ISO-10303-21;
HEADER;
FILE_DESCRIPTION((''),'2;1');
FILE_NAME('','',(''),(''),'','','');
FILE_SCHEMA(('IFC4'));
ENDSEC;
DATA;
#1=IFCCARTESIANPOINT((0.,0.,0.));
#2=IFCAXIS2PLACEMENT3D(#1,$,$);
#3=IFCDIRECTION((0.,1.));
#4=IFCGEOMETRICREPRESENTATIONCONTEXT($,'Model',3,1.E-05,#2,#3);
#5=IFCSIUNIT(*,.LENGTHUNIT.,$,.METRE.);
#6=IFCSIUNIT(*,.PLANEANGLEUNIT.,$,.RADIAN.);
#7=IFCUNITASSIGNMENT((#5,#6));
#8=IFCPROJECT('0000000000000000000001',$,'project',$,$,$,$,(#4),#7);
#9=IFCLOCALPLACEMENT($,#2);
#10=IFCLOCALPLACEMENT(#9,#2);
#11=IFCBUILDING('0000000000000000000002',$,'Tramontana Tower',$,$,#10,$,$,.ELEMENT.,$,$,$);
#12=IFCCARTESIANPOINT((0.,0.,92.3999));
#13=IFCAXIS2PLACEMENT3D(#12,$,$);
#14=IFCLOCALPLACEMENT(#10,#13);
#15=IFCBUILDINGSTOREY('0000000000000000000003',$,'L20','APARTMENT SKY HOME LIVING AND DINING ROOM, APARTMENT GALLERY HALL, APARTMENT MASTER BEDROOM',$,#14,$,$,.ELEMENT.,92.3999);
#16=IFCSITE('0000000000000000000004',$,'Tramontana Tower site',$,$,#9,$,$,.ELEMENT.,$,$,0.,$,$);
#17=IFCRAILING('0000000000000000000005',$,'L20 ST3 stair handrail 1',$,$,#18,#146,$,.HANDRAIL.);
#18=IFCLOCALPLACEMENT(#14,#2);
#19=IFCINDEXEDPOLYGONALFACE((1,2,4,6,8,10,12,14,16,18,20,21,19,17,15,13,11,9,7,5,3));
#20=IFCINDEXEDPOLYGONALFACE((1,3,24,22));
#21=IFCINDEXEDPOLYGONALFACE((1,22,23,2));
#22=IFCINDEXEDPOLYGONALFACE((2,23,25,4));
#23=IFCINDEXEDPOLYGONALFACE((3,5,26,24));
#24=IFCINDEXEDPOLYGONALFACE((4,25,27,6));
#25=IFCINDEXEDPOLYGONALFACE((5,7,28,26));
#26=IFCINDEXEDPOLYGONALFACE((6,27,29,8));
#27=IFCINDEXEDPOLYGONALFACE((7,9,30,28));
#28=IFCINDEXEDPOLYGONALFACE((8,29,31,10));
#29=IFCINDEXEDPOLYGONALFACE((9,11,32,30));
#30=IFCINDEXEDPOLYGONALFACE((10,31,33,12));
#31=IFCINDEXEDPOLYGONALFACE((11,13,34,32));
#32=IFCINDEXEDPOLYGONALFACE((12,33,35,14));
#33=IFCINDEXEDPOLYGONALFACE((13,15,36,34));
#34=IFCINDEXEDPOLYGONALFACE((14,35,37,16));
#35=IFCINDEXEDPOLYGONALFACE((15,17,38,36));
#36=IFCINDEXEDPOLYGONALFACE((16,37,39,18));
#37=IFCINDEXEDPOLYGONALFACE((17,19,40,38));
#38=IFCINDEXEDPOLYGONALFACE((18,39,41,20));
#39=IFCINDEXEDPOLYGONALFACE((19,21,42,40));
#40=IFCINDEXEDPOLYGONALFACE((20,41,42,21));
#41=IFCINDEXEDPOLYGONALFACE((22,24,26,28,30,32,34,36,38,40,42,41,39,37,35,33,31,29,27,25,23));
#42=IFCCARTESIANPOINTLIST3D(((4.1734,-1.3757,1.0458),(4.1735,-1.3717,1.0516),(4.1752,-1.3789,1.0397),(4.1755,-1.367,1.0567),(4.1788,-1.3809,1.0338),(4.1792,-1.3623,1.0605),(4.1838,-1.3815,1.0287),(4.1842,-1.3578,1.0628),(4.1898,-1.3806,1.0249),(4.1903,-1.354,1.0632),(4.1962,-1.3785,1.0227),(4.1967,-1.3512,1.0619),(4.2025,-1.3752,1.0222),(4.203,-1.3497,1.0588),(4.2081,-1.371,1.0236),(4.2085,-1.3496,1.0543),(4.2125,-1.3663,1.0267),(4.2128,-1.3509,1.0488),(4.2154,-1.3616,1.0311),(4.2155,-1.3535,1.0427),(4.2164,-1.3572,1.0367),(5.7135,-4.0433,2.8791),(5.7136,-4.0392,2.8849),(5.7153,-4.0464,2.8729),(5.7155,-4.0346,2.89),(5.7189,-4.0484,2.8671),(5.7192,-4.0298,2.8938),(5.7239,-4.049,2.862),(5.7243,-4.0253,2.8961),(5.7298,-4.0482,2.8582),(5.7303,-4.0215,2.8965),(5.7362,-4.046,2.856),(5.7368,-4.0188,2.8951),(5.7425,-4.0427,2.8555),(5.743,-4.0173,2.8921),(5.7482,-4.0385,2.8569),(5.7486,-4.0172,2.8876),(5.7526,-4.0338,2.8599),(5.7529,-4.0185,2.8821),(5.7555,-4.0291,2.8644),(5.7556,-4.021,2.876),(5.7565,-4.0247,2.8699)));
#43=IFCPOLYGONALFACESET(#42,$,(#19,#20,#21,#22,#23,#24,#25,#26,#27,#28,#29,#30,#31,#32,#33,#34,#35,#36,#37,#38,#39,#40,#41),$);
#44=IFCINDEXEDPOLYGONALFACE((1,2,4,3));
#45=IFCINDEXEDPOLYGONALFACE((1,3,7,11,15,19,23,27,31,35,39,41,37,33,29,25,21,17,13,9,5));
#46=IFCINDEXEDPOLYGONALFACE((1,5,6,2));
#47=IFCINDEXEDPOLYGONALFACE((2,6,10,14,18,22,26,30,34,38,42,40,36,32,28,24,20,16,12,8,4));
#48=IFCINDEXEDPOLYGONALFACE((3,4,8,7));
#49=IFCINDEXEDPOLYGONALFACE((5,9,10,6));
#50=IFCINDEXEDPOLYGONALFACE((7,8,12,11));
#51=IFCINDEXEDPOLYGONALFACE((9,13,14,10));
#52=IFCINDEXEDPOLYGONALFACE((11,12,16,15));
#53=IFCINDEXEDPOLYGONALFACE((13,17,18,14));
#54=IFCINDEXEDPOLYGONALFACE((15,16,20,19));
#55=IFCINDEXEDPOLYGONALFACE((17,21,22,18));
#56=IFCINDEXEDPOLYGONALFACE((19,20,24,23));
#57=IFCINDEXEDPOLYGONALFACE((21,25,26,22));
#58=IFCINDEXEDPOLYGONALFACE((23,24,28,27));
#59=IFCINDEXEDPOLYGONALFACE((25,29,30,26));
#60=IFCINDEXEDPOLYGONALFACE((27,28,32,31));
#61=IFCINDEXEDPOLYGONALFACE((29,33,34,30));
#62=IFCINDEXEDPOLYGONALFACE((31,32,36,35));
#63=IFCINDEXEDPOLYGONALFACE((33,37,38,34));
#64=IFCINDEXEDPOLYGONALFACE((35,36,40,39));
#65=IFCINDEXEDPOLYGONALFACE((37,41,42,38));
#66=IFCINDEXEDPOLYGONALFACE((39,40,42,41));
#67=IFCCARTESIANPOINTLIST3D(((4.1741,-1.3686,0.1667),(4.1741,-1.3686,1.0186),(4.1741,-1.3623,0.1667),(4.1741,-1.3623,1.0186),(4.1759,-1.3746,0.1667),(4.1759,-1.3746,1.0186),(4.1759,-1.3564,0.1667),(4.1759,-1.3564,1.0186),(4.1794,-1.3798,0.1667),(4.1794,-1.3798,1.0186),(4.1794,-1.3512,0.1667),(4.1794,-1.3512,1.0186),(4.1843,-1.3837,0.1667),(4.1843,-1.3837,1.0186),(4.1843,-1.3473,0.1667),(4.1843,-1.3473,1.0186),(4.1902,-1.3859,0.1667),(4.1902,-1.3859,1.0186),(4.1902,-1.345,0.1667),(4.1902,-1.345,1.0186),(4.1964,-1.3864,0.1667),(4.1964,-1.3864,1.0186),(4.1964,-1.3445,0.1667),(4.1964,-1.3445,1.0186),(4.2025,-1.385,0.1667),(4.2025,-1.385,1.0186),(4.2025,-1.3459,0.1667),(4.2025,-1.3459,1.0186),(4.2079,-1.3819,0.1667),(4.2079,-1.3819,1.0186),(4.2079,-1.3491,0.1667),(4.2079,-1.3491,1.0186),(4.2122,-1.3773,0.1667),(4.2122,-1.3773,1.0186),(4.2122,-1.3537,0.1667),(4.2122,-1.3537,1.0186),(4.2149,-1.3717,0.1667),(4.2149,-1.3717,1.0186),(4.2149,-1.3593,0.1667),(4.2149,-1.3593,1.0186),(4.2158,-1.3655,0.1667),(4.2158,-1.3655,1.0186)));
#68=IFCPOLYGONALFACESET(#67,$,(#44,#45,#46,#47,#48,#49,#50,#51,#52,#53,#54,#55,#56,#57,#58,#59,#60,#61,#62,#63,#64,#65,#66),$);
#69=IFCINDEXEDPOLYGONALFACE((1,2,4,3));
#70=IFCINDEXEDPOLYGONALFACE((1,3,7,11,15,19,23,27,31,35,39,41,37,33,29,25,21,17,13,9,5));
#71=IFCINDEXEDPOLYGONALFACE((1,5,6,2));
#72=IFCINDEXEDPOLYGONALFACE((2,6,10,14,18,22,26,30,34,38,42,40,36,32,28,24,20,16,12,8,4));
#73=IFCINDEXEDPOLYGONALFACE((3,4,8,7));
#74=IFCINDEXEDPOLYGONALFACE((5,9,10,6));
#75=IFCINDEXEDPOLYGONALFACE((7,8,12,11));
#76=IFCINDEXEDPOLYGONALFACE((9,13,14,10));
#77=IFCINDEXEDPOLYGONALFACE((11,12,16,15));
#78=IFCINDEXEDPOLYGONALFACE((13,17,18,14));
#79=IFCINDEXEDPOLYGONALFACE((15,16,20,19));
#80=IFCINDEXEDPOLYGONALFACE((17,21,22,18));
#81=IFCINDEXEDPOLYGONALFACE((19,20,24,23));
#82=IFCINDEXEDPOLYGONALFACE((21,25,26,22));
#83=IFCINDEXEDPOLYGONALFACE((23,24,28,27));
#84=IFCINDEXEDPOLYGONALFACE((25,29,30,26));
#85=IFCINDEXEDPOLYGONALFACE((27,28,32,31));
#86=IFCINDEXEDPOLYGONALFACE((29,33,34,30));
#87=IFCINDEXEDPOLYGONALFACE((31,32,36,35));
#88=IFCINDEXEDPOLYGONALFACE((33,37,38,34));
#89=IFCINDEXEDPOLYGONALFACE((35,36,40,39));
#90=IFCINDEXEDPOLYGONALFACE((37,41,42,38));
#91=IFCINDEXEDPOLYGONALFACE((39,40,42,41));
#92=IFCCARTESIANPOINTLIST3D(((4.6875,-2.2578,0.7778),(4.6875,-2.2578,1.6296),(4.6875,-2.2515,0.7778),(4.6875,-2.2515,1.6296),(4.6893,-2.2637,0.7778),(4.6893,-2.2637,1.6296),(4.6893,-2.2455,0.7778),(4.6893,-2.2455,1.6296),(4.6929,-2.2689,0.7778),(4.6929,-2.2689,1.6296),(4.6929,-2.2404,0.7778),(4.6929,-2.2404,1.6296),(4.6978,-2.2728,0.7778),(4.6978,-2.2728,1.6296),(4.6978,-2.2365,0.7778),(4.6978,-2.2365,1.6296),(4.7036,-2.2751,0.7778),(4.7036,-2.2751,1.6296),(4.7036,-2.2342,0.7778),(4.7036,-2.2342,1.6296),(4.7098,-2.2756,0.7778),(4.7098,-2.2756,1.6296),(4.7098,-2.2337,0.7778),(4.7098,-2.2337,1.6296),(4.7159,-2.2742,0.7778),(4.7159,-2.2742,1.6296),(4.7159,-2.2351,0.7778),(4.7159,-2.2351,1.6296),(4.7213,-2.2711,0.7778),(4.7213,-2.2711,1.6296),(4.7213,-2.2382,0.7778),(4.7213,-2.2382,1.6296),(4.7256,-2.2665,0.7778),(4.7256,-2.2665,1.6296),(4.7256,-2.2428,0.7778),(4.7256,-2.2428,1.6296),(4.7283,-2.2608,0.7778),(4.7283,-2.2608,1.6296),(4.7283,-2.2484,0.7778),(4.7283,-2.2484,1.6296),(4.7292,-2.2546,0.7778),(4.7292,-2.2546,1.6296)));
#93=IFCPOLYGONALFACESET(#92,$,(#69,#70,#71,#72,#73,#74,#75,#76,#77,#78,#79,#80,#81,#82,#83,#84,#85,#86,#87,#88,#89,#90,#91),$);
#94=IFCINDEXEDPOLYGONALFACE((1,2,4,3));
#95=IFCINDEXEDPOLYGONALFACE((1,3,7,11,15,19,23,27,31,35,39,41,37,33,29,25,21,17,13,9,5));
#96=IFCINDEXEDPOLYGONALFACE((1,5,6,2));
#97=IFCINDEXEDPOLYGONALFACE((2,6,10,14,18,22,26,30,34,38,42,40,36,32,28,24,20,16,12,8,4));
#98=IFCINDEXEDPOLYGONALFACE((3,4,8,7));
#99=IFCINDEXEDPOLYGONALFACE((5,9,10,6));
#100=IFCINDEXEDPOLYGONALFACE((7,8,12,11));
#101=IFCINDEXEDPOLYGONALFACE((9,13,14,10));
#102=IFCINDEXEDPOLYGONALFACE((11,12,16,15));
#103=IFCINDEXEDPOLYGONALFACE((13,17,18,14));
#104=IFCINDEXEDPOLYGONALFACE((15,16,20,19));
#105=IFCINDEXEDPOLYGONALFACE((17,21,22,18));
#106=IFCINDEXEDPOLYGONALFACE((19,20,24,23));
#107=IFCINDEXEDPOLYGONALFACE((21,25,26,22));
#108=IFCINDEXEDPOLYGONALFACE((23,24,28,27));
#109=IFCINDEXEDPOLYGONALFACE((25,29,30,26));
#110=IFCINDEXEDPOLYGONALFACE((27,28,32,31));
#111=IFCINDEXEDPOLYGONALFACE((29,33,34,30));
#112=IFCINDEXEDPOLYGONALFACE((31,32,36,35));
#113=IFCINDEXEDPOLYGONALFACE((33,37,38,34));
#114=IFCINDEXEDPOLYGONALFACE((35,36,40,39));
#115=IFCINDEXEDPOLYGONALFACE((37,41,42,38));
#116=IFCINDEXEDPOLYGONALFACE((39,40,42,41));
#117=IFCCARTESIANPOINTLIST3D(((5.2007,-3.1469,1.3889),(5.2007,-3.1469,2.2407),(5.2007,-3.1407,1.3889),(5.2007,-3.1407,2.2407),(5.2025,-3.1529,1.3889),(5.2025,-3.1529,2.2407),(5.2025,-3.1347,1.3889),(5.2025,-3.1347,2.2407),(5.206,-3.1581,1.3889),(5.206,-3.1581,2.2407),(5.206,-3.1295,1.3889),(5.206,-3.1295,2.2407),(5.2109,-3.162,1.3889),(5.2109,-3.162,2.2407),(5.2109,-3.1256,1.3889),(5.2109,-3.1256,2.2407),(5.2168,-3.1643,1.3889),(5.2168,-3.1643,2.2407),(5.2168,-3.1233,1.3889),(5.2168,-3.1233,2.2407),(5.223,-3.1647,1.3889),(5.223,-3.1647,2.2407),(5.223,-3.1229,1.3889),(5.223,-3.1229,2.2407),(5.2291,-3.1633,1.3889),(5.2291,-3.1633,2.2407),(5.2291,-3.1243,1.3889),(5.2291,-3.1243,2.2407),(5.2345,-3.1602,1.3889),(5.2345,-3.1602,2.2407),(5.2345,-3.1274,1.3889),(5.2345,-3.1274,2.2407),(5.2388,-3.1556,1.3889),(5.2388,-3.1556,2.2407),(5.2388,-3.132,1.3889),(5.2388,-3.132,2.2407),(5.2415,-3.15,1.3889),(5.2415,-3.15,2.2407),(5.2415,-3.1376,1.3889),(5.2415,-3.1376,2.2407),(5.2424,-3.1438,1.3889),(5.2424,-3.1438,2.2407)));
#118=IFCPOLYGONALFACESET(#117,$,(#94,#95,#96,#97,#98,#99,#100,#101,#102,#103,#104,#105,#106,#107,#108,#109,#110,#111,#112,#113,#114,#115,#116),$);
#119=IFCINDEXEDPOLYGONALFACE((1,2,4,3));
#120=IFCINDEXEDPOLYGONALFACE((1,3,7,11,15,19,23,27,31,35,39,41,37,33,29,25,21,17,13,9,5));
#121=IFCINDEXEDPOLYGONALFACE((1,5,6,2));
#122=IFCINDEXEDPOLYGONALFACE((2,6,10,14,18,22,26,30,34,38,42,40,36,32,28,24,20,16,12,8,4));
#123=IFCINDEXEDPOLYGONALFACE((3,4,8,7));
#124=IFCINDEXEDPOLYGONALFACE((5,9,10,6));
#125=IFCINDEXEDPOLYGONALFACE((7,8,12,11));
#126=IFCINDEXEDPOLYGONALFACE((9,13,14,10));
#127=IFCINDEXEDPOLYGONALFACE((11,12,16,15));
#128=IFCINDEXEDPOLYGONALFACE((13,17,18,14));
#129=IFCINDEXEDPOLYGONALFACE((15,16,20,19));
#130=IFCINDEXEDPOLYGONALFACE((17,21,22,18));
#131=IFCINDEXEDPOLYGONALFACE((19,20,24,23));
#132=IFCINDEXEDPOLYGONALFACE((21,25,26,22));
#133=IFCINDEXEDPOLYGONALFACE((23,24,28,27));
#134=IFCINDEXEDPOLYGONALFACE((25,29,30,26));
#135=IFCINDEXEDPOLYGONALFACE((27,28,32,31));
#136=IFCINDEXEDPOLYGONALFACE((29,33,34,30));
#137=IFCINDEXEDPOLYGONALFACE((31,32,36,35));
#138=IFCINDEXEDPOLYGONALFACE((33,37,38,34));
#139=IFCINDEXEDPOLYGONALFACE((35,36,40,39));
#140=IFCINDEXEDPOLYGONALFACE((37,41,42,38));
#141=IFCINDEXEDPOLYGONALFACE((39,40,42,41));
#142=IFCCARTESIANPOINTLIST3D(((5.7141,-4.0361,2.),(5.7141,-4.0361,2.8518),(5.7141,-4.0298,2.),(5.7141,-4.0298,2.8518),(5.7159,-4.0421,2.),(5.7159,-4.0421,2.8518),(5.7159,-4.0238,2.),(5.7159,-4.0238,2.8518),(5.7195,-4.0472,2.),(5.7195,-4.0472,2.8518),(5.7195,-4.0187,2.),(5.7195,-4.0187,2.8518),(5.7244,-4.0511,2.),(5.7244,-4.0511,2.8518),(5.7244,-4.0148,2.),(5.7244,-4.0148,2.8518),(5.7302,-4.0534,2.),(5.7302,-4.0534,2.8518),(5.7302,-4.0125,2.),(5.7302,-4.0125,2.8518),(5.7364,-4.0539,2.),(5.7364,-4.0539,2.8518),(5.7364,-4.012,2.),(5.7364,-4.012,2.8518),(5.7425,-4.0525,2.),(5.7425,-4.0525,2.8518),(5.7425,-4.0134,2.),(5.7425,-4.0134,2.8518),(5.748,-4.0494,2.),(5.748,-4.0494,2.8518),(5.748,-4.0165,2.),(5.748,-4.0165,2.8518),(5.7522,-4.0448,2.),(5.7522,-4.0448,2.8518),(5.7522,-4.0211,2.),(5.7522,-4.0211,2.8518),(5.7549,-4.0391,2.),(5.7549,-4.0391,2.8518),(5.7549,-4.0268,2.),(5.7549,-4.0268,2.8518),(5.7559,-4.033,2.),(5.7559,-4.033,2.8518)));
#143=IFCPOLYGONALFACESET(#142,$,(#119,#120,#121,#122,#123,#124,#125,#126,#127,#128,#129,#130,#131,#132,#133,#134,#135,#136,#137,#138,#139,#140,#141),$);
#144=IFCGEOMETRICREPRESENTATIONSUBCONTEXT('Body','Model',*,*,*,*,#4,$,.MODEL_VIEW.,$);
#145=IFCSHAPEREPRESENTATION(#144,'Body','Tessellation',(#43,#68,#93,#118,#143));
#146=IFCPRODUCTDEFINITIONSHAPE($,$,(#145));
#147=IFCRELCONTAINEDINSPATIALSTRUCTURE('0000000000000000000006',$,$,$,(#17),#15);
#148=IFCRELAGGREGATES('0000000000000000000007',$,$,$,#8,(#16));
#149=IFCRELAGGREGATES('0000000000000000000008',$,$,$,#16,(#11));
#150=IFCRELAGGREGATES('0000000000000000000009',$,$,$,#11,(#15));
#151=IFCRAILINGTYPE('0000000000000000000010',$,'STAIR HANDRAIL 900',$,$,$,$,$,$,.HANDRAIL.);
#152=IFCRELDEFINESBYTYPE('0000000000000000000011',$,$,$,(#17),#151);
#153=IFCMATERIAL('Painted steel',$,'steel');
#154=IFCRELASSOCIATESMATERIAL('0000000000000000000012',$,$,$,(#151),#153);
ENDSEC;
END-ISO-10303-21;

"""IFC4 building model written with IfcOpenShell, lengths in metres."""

from ifc_helpers import new_model, si_unit, direction, frame, origin, origin_2d, place, context, subcontext, project, spatial, circle, extrude, material, type_object, element, save


model = new_model("IFC4")

# Units and contexts
model_context = context("Model", 3, precision=1e-05, world=origin(), true_north=direction((0.0, 1.0)))
body_context = subcontext(model_context, "Body", "Model", "MODEL_VIEW")
ifc_project = project(units=[si_unit("LENGTHUNIT", "METRE"), si_unit("PLANEANGLEUNIT", "RADIAN")], contexts=[model_context])

# Site, building, storey
site_placement = place(None, origin())
site = spatial("IfcSite", under=ifc_project, at=site_placement, Name="Tramontana Tower site", CompositionType="ELEMENT", RefElevation=0.0)
building_placement = place(site_placement, origin())
building = spatial("IfcBuilding", under=site, at=building_placement, Name="Tramontana Tower", CompositionType="ELEMENT")
storey_placement = place(building_placement, frame((0.0, 0.0, 92.3999)))
storey = spatial("IfcBuildingStorey", under=building, at=storey_placement, Name="L20", Description="APARTMENT SKY HOME LIVING AND DINING ROOM, APARTMENT GALLERY HALL, APARTMENT MASTER BEDROOM", CompositionType="ELEMENT", Elevation=92.3999)

# Railing
ifc_material_1 = material(Name="Painted steel", Category="steel")
railing_type_1 = type_object("IfcRailingType", Name="STAIR HANDRAIL 900", PredefinedType="HANDRAIL", material=ifc_material_1)
railing_1_placement = place(storey_placement, frame((4.1948, -1.3655, 0.1667)))
element("IfcRailing", 1, at=railing_1_placement, inside=storey, type_object=railing_type_1, Name="L20 ST3 stair handrail 1", PredefinedType="HANDRAIL", context=body_context, shape_type="SweptSolid", body=[
    extrude(circle(Radius=0.0239, at=origin_2d()), frame((0.0, 0.0, 0.876), z_axis=(0.429649, -0.74419, 0.511452), x_axis=(0.86603, 0.499992, 0.0)), (0.0, 0.0, 1.0), 3.5845),
    extrude(circle(Radius=0.021, at=origin_2d()), origin(), (0.0, 0.0, 1.0), 0.8518),
    extrude(circle(Radius=0.021, at=origin_2d()), frame((0.5134, -0.8892, 0.6111)), (0.0, 0.0, 1.0), 0.8518),
    extrude(circle(Radius=0.021, at=origin_2d()), frame((1.0266, -1.7783, 1.2222)), (0.0, 0.0, 1.0), 0.8518),
    extrude(circle(Radius=0.021, at=origin_2d()), frame((1.54, -2.6675, 1.8333)), (0.0, 0.0, 1.0), 0.8518),
])

save(model, "model.ifc")
